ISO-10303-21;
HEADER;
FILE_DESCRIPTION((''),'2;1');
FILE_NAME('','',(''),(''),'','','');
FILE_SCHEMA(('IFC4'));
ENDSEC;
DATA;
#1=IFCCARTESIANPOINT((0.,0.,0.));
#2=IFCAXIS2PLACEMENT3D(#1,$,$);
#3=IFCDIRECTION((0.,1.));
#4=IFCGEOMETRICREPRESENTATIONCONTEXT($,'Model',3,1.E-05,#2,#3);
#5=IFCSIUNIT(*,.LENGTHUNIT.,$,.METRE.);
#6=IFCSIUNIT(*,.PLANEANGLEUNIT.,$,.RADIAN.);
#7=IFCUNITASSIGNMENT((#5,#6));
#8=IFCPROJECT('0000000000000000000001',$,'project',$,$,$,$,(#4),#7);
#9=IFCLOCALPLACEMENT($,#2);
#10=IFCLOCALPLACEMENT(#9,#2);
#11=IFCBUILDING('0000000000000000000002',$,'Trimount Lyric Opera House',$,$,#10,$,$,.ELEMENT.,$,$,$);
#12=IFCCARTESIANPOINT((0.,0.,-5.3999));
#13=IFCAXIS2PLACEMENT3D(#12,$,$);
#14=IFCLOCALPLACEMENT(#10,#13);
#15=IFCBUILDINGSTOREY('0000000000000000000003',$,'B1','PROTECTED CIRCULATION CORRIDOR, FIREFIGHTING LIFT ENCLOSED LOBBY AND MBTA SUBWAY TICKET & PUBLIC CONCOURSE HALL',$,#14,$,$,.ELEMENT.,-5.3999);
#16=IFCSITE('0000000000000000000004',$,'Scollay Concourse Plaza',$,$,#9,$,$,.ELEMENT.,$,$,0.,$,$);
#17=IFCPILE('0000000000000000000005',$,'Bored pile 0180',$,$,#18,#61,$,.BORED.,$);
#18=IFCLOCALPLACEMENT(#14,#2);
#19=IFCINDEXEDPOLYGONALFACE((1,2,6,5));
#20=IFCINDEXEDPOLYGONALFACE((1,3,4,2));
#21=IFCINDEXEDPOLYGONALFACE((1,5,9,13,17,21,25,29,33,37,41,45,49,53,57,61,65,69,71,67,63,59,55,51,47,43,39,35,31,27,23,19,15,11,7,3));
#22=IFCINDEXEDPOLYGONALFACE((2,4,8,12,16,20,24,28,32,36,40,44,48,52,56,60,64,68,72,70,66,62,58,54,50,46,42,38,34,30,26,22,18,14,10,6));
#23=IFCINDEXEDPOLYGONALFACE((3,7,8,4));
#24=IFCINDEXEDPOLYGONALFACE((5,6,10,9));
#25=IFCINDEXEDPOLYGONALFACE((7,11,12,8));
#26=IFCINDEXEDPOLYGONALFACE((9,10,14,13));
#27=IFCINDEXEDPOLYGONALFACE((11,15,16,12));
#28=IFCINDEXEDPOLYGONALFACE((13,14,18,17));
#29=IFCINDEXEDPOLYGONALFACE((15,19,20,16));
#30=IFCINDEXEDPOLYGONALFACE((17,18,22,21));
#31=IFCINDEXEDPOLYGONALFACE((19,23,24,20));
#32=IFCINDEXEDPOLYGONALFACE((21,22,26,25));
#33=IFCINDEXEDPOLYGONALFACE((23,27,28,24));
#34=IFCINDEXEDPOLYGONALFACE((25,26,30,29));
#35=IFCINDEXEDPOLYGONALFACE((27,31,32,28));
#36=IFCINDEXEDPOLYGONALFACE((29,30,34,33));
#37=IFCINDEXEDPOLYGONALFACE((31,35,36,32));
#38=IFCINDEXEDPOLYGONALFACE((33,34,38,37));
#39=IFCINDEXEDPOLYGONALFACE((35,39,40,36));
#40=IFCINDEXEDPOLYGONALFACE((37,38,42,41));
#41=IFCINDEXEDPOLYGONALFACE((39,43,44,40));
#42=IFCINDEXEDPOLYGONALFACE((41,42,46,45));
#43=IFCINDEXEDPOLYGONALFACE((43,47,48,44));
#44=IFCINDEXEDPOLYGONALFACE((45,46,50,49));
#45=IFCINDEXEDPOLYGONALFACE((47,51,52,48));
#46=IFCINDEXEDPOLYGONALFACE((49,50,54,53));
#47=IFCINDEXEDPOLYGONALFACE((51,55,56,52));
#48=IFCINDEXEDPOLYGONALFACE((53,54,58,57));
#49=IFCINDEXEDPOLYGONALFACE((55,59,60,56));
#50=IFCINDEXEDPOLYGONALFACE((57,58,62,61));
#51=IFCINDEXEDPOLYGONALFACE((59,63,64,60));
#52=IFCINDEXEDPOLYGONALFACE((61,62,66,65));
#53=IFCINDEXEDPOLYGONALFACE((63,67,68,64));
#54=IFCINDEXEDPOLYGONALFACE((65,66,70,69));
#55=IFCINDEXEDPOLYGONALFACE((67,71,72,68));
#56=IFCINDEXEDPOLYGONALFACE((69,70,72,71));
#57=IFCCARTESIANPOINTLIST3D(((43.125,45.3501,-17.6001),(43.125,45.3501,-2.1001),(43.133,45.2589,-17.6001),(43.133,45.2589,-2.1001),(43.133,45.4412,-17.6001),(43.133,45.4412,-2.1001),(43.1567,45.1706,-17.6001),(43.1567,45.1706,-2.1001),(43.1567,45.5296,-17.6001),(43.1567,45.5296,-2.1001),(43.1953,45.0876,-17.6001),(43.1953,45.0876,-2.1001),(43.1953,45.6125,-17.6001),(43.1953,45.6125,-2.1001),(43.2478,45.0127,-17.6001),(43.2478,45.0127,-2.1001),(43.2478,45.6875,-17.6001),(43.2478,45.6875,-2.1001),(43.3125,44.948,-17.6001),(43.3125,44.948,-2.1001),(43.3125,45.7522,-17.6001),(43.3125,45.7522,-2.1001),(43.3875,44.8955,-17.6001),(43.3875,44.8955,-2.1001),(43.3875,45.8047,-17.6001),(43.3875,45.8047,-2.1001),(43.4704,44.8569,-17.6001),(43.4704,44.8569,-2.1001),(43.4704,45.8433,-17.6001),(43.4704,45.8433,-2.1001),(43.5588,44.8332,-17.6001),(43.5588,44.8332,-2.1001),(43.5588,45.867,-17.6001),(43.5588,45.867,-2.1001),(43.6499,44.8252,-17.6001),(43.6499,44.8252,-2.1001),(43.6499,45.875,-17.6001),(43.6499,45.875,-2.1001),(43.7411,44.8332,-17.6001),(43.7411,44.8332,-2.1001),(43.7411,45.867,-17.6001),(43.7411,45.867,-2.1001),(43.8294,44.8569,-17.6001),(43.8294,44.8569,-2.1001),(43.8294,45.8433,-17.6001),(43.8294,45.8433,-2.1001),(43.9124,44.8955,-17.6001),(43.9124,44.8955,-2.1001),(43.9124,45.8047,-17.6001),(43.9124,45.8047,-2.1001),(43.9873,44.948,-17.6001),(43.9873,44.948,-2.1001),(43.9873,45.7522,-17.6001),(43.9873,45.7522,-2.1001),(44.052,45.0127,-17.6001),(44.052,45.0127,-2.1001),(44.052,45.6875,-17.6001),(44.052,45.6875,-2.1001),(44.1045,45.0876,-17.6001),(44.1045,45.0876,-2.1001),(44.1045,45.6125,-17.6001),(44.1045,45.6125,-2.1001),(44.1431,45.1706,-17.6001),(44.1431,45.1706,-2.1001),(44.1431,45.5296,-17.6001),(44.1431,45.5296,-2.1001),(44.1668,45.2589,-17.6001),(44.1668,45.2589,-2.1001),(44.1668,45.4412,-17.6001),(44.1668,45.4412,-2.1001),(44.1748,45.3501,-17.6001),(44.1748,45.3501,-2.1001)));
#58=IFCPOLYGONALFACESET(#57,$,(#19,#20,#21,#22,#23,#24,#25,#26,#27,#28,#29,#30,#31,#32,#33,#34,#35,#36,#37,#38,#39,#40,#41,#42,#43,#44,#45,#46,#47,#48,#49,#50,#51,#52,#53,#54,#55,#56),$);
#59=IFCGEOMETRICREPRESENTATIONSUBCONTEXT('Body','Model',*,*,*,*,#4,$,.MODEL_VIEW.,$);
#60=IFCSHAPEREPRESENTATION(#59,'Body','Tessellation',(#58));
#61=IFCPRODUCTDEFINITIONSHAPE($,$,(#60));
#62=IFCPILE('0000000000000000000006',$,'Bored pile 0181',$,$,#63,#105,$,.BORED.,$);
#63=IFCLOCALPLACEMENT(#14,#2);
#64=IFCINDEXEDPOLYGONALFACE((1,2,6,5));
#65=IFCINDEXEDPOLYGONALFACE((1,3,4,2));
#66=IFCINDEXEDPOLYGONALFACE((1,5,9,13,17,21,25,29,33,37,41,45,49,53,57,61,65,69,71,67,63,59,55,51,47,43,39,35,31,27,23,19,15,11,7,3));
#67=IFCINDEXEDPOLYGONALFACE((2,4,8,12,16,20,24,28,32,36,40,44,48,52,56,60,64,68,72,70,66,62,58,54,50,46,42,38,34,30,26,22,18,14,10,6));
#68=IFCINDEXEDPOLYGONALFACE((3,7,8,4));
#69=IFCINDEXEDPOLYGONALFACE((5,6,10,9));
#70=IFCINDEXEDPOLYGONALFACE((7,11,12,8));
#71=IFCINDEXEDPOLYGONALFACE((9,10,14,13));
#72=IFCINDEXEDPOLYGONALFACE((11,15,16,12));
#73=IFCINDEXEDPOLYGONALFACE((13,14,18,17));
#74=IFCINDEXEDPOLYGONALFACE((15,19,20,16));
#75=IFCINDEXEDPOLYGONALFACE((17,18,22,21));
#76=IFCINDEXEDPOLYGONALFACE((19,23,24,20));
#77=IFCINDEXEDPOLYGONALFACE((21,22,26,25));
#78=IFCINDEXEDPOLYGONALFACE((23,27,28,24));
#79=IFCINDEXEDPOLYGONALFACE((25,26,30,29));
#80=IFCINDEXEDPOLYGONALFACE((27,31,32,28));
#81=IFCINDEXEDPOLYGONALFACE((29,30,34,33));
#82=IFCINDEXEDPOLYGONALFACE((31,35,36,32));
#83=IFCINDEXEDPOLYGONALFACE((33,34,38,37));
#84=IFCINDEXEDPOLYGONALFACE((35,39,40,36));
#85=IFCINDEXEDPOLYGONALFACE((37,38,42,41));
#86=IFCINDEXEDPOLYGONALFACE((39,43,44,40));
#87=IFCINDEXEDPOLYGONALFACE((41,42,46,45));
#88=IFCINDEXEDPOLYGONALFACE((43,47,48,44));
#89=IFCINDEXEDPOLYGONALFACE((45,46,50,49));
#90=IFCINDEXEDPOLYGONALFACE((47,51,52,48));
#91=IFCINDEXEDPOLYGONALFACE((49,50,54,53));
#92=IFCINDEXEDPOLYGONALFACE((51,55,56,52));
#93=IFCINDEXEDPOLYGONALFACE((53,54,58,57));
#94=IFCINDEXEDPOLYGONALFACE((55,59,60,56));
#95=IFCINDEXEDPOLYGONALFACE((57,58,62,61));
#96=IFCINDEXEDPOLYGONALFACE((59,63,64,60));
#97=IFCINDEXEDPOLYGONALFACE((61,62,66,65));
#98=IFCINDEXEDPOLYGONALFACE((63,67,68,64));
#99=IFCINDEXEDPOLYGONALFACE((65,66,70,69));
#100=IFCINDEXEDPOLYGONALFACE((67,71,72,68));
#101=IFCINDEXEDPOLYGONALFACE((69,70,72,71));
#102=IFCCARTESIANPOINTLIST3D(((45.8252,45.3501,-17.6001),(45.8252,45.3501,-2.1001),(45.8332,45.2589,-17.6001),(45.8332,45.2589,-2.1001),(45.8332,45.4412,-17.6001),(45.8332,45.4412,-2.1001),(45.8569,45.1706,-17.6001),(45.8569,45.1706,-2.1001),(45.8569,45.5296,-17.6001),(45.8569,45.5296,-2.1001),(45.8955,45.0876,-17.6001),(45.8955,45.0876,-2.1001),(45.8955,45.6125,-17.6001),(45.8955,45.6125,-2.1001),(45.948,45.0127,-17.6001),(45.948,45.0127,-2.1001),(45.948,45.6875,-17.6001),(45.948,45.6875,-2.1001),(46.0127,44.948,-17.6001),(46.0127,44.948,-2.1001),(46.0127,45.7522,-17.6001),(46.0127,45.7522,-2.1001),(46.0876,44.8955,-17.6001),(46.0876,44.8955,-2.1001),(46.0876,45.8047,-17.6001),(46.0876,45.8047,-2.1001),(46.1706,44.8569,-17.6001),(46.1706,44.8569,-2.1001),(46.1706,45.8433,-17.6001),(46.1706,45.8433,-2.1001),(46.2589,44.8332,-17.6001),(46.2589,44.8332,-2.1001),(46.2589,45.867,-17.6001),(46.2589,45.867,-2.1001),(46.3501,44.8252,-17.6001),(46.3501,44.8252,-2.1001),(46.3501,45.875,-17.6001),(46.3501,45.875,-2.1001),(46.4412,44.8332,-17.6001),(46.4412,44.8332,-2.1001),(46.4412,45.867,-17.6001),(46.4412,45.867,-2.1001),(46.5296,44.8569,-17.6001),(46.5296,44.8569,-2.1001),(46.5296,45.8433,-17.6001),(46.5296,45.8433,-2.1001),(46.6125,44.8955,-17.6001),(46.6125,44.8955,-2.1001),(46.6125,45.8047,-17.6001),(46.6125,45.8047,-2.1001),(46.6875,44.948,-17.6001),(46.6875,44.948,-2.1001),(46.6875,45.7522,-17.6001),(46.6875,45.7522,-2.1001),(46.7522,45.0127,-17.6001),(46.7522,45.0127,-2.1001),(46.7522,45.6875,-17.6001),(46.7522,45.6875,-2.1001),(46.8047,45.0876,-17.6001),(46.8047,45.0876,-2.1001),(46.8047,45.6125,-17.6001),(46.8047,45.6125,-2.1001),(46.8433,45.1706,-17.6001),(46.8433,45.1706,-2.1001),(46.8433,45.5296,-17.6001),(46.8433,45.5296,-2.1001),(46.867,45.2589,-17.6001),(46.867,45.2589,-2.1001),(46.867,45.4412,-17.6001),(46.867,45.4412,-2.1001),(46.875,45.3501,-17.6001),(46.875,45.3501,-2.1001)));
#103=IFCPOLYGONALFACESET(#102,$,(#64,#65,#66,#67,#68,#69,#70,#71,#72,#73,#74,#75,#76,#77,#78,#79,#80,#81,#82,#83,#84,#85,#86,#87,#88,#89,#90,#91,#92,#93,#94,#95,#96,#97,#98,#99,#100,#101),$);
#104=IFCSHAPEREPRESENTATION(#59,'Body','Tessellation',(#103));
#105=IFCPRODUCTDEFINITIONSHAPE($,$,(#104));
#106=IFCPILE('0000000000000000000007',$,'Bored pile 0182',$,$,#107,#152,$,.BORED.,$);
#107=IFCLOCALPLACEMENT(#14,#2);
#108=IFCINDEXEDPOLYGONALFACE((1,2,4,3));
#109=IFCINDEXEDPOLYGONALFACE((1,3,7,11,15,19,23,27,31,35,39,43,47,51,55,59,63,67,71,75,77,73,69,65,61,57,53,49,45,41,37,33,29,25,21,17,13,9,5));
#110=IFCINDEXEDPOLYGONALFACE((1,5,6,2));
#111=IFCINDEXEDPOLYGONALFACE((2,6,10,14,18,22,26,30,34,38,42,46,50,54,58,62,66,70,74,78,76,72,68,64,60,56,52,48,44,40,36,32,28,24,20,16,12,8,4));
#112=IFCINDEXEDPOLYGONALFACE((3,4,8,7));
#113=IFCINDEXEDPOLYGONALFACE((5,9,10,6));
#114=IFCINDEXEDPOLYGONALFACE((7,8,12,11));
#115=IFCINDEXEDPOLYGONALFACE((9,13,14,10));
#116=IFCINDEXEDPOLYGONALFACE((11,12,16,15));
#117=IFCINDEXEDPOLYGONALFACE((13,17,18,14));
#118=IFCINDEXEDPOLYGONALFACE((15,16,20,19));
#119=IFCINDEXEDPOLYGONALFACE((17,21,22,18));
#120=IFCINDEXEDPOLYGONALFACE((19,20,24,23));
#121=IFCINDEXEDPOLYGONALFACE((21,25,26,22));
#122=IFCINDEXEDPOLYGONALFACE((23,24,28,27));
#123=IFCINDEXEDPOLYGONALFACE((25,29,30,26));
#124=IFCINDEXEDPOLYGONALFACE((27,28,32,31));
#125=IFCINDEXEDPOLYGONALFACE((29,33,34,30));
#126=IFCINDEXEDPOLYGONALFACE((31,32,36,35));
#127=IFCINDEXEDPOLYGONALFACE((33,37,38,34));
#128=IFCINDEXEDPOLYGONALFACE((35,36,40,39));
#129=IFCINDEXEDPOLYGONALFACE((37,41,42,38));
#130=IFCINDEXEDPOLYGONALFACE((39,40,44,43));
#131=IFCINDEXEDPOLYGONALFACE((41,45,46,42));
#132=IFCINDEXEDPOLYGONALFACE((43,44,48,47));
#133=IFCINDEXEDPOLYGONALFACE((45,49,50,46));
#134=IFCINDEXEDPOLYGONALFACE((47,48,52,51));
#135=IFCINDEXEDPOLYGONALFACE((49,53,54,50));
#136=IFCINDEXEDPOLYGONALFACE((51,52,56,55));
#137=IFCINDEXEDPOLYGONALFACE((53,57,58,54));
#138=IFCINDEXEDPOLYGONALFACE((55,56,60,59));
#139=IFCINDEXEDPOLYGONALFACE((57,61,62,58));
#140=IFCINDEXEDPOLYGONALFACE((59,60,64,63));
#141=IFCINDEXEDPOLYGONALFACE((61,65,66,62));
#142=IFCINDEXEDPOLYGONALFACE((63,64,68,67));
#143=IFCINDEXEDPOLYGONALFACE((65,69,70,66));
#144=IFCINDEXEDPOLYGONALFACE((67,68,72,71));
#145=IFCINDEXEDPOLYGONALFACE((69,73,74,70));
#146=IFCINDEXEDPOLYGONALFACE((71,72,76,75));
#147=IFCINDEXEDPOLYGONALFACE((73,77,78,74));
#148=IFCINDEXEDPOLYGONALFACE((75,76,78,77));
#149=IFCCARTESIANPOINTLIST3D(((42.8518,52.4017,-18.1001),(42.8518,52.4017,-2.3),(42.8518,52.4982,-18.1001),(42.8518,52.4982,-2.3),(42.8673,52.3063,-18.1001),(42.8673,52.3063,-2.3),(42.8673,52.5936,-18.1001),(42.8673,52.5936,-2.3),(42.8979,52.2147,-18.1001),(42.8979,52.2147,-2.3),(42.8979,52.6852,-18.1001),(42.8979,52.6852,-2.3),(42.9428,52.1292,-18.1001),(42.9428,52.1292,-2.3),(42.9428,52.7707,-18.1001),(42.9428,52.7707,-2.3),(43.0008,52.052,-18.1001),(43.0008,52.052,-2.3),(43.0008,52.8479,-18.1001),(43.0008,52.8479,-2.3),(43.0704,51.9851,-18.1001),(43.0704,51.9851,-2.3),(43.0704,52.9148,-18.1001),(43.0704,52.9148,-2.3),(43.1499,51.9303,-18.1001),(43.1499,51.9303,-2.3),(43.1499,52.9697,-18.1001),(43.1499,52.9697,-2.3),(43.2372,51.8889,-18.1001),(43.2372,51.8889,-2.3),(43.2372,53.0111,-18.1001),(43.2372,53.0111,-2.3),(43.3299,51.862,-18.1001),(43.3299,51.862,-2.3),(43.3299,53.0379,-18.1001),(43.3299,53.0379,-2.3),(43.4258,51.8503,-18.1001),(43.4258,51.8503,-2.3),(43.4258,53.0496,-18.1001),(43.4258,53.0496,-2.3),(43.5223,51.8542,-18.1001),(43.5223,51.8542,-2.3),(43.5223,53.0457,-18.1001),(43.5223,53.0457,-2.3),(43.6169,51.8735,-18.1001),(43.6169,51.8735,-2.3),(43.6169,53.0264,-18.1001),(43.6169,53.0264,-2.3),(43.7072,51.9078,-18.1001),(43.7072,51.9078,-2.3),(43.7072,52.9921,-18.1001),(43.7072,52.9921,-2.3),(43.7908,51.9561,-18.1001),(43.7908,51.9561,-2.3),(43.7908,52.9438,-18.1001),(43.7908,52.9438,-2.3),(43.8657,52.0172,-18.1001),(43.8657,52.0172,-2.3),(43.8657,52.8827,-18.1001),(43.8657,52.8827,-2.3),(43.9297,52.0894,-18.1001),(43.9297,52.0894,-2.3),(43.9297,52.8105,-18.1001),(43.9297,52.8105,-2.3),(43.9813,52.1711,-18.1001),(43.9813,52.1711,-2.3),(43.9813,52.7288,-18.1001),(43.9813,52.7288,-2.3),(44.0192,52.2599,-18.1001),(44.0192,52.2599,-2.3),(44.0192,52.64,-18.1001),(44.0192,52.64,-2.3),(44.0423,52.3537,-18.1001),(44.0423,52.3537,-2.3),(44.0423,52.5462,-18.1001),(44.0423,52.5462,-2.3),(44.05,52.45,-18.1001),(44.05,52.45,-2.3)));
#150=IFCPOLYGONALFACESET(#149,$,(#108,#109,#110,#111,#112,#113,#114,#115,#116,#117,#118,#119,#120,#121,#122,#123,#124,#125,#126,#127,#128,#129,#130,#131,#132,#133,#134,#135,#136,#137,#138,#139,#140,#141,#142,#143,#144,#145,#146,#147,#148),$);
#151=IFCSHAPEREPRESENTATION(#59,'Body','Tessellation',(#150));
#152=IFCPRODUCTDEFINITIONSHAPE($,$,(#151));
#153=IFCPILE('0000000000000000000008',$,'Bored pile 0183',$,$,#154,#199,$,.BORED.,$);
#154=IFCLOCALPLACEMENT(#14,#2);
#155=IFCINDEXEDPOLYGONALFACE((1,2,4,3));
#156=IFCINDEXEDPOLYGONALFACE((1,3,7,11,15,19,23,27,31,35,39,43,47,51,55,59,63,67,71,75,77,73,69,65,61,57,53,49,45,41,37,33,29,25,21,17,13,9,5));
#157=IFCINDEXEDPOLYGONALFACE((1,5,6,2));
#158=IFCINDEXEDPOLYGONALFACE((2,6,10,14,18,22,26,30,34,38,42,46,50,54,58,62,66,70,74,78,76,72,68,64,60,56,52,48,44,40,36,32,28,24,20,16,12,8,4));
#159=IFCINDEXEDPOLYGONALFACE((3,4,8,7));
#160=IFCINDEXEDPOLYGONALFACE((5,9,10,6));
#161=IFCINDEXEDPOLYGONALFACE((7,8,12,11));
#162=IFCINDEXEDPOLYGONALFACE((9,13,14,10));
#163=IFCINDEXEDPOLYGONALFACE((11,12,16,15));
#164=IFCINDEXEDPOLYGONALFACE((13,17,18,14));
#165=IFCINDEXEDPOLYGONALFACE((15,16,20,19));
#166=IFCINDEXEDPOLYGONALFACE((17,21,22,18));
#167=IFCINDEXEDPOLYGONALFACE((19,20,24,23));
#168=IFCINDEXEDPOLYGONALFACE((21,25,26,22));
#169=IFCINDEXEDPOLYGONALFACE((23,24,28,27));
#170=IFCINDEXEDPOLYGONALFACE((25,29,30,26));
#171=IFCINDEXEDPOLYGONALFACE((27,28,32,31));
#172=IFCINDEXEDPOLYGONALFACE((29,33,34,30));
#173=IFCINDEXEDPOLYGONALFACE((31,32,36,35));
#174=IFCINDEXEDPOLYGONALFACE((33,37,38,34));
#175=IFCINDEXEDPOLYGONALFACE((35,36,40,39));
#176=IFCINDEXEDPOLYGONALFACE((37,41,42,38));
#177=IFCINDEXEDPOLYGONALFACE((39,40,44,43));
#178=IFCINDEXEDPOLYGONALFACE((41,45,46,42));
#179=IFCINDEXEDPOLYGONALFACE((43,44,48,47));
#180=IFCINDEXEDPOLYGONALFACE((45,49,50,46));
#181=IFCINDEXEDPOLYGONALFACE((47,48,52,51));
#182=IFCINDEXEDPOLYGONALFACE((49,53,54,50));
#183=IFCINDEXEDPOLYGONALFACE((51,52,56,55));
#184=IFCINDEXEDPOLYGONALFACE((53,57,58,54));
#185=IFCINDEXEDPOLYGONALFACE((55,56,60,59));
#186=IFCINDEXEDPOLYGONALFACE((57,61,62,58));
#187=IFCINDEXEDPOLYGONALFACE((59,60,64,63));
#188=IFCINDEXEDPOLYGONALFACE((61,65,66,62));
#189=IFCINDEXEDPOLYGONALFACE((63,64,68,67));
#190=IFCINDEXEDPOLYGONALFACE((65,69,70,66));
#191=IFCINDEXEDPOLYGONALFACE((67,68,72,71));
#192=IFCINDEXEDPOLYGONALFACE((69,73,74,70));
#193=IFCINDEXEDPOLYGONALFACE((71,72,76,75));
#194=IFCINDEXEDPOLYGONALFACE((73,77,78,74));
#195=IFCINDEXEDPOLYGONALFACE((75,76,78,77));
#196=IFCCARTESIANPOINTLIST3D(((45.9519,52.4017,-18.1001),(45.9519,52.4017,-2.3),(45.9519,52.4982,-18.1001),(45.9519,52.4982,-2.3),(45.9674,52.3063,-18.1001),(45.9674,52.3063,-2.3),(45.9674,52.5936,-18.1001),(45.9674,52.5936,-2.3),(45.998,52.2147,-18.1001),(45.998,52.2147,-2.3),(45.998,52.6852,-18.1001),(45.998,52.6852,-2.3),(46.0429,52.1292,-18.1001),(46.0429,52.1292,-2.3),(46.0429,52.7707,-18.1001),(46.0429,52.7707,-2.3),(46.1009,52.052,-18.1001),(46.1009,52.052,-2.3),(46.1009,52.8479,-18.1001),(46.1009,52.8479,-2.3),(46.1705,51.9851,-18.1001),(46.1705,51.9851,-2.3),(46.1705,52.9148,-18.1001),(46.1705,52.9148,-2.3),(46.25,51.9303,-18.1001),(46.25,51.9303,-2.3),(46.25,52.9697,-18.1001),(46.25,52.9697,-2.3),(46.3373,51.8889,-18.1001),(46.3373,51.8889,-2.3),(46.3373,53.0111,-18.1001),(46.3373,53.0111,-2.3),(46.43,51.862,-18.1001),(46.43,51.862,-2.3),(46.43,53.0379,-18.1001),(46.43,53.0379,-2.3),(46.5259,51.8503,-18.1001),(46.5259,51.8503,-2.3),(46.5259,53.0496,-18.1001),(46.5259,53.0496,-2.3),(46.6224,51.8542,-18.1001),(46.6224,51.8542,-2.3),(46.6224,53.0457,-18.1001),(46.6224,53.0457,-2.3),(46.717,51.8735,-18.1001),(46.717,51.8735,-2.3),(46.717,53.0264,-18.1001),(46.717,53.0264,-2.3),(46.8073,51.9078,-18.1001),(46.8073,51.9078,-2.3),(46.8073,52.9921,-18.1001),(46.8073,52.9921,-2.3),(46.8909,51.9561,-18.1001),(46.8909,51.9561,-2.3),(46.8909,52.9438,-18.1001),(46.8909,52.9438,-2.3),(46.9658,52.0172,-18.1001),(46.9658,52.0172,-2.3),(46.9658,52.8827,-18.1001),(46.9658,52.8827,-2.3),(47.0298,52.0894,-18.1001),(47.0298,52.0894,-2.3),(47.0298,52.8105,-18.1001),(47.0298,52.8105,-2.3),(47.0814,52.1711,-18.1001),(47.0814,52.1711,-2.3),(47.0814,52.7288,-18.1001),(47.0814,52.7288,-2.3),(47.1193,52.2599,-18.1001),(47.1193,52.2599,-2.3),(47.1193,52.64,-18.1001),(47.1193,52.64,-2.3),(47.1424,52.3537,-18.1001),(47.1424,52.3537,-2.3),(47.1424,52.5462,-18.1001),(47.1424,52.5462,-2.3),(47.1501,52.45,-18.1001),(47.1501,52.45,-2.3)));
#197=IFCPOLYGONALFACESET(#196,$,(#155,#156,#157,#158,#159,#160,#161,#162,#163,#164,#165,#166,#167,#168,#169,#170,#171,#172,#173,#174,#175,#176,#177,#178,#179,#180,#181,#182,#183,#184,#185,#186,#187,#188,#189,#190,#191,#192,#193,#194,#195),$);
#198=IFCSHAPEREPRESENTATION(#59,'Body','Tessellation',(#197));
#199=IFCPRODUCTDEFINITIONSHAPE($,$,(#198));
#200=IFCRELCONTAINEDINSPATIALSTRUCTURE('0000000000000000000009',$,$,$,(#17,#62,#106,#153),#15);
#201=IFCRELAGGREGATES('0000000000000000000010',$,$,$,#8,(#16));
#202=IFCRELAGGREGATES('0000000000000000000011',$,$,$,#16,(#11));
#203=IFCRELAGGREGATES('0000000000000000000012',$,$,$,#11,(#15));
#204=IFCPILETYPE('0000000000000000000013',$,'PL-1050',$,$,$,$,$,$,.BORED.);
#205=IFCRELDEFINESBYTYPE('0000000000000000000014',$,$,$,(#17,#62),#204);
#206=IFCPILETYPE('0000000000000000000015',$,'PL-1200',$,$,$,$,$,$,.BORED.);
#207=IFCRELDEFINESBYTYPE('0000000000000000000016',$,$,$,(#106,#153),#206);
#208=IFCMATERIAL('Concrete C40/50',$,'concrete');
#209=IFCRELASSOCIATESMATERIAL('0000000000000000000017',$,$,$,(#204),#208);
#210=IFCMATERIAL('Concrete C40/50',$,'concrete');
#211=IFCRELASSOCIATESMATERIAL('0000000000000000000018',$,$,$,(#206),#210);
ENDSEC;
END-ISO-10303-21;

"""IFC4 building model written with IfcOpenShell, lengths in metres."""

from ifc_helpers import new_model, si_unit, direction, frame, origin, origin_2d, place, context, subcontext, project, spatial, circle, extrude, material, material_profile, profile_set, type_object, element, save


model = new_model("IFC4")

# Units and contexts
model_context = context("Model", 3, precision=1e-05, world=origin(), true_north=direction((0.0, 1.0)))
body_context = subcontext(model_context, "Body", "Model", "MODEL_VIEW")
ifc_project = project(units=[si_unit("LENGTHUNIT", "METRE"), si_unit("PLANEANGLEUNIT", "RADIAN")], contexts=[model_context])

# Site, building, storey
site_placement = place(None, origin())
site = spatial("IfcSite", under=ifc_project, at=site_placement, Name="Scollay Concourse Plaza", CompositionType="ELEMENT", RefElevation=0.0)
building_placement = place(site_placement, origin())
building = spatial("IfcBuilding", under=site, at=building_placement, Name="Trimount Lyric Opera House", CompositionType="ELEMENT")
storey_placement = place(building_placement, frame((0.0, 0.0, -5.3999)))
storey = spatial("IfcBuildingStorey", under=building, at=storey_placement, Name="B1", Description="PROTECTED CIRCULATION CORRIDOR, FIREFIGHTING LIFT ENCLOSED LOBBY AND MBTA SUBWAY TICKET & PUBLIC CONCOURSE HALL", CompositionType="ELEMENT", Elevation=-5.3999)

# Piles
ifc_material_1 = material(Name="Concrete C40/50", Category="concrete")
ifc_material_profile_1 = material_profile(ifc_material_1, circle(Radius=0.5249, at=origin_2d()), Name="PILE-D1050")
ifc_profile_set_1 = profile_set([ifc_material_profile_1], Name="Concrete C40/50")
pile_type_1 = type_object("IfcPileType", Name="PL-1050", PredefinedType="BORED", material=ifc_profile_set_1)
for number, where, z_axis, x_axis, name in (
    (1, (43.6499, 45.3501, -2.1001), (0.0, 0.0, -1.0), (1.0, 0.0, 0.0), "Bored pile 0180"),
    (2, (46.3501, 45.3501, -2.1001), (0.0, 0.0, -1.0), (1.0, 0.0, 0.0), "Bored pile 0181"),
):
    element("IfcPile", number, at=place(storey_placement, frame(where, z_axis=z_axis, x_axis=x_axis)), inside=storey, type_object=pile_type_1, Name=name, PredefinedType="BORED", context=body_context, shape_type="SweptSolid", body=[
        extrude(circle(Radius=0.5249, at=origin_2d()), origin(), (0.0, 0.0, 1.0), 15.5),
    ])
ifc_material_2 = material(Name="Concrete C40/50", Category="concrete")
ifc_material_profile_2 = material_profile(ifc_material_2, circle(Radius=0.6001, at=origin_2d()), Name="PILE-D1200")
ifc_profile_set_2 = profile_set([ifc_material_profile_2], Name="Concrete C40/50")
pile_type_2 = type_object("IfcPileType", Name="PL-1200", PredefinedType="BORED", material=ifc_profile_set_2)
for number, where, z_axis, x_axis, name in (
    (3, (43.45, 52.45, -2.3), (0.0, 0.0, -1.0), (1.0, 0.0, 0.0), "Bored pile 0182"),
    (4, (46.55, 52.45, -2.3), (0.0, 0.0, -1.0), (1.0, 0.0, 0.0), "Bored pile 0183"),
):
    element("IfcPile", number, at=place(storey_placement, frame(where, z_axis=z_axis, x_axis=x_axis)), inside=storey, type_object=pile_type_2, Name=name, PredefinedType="BORED", context=body_context, shape_type="SweptSolid", body=[
        extrude(circle(Radius=0.6001, at=origin_2d()), origin(), (0.0, 0.0, 1.0), 15.8),
    ])

save(model, "model.ifc")
